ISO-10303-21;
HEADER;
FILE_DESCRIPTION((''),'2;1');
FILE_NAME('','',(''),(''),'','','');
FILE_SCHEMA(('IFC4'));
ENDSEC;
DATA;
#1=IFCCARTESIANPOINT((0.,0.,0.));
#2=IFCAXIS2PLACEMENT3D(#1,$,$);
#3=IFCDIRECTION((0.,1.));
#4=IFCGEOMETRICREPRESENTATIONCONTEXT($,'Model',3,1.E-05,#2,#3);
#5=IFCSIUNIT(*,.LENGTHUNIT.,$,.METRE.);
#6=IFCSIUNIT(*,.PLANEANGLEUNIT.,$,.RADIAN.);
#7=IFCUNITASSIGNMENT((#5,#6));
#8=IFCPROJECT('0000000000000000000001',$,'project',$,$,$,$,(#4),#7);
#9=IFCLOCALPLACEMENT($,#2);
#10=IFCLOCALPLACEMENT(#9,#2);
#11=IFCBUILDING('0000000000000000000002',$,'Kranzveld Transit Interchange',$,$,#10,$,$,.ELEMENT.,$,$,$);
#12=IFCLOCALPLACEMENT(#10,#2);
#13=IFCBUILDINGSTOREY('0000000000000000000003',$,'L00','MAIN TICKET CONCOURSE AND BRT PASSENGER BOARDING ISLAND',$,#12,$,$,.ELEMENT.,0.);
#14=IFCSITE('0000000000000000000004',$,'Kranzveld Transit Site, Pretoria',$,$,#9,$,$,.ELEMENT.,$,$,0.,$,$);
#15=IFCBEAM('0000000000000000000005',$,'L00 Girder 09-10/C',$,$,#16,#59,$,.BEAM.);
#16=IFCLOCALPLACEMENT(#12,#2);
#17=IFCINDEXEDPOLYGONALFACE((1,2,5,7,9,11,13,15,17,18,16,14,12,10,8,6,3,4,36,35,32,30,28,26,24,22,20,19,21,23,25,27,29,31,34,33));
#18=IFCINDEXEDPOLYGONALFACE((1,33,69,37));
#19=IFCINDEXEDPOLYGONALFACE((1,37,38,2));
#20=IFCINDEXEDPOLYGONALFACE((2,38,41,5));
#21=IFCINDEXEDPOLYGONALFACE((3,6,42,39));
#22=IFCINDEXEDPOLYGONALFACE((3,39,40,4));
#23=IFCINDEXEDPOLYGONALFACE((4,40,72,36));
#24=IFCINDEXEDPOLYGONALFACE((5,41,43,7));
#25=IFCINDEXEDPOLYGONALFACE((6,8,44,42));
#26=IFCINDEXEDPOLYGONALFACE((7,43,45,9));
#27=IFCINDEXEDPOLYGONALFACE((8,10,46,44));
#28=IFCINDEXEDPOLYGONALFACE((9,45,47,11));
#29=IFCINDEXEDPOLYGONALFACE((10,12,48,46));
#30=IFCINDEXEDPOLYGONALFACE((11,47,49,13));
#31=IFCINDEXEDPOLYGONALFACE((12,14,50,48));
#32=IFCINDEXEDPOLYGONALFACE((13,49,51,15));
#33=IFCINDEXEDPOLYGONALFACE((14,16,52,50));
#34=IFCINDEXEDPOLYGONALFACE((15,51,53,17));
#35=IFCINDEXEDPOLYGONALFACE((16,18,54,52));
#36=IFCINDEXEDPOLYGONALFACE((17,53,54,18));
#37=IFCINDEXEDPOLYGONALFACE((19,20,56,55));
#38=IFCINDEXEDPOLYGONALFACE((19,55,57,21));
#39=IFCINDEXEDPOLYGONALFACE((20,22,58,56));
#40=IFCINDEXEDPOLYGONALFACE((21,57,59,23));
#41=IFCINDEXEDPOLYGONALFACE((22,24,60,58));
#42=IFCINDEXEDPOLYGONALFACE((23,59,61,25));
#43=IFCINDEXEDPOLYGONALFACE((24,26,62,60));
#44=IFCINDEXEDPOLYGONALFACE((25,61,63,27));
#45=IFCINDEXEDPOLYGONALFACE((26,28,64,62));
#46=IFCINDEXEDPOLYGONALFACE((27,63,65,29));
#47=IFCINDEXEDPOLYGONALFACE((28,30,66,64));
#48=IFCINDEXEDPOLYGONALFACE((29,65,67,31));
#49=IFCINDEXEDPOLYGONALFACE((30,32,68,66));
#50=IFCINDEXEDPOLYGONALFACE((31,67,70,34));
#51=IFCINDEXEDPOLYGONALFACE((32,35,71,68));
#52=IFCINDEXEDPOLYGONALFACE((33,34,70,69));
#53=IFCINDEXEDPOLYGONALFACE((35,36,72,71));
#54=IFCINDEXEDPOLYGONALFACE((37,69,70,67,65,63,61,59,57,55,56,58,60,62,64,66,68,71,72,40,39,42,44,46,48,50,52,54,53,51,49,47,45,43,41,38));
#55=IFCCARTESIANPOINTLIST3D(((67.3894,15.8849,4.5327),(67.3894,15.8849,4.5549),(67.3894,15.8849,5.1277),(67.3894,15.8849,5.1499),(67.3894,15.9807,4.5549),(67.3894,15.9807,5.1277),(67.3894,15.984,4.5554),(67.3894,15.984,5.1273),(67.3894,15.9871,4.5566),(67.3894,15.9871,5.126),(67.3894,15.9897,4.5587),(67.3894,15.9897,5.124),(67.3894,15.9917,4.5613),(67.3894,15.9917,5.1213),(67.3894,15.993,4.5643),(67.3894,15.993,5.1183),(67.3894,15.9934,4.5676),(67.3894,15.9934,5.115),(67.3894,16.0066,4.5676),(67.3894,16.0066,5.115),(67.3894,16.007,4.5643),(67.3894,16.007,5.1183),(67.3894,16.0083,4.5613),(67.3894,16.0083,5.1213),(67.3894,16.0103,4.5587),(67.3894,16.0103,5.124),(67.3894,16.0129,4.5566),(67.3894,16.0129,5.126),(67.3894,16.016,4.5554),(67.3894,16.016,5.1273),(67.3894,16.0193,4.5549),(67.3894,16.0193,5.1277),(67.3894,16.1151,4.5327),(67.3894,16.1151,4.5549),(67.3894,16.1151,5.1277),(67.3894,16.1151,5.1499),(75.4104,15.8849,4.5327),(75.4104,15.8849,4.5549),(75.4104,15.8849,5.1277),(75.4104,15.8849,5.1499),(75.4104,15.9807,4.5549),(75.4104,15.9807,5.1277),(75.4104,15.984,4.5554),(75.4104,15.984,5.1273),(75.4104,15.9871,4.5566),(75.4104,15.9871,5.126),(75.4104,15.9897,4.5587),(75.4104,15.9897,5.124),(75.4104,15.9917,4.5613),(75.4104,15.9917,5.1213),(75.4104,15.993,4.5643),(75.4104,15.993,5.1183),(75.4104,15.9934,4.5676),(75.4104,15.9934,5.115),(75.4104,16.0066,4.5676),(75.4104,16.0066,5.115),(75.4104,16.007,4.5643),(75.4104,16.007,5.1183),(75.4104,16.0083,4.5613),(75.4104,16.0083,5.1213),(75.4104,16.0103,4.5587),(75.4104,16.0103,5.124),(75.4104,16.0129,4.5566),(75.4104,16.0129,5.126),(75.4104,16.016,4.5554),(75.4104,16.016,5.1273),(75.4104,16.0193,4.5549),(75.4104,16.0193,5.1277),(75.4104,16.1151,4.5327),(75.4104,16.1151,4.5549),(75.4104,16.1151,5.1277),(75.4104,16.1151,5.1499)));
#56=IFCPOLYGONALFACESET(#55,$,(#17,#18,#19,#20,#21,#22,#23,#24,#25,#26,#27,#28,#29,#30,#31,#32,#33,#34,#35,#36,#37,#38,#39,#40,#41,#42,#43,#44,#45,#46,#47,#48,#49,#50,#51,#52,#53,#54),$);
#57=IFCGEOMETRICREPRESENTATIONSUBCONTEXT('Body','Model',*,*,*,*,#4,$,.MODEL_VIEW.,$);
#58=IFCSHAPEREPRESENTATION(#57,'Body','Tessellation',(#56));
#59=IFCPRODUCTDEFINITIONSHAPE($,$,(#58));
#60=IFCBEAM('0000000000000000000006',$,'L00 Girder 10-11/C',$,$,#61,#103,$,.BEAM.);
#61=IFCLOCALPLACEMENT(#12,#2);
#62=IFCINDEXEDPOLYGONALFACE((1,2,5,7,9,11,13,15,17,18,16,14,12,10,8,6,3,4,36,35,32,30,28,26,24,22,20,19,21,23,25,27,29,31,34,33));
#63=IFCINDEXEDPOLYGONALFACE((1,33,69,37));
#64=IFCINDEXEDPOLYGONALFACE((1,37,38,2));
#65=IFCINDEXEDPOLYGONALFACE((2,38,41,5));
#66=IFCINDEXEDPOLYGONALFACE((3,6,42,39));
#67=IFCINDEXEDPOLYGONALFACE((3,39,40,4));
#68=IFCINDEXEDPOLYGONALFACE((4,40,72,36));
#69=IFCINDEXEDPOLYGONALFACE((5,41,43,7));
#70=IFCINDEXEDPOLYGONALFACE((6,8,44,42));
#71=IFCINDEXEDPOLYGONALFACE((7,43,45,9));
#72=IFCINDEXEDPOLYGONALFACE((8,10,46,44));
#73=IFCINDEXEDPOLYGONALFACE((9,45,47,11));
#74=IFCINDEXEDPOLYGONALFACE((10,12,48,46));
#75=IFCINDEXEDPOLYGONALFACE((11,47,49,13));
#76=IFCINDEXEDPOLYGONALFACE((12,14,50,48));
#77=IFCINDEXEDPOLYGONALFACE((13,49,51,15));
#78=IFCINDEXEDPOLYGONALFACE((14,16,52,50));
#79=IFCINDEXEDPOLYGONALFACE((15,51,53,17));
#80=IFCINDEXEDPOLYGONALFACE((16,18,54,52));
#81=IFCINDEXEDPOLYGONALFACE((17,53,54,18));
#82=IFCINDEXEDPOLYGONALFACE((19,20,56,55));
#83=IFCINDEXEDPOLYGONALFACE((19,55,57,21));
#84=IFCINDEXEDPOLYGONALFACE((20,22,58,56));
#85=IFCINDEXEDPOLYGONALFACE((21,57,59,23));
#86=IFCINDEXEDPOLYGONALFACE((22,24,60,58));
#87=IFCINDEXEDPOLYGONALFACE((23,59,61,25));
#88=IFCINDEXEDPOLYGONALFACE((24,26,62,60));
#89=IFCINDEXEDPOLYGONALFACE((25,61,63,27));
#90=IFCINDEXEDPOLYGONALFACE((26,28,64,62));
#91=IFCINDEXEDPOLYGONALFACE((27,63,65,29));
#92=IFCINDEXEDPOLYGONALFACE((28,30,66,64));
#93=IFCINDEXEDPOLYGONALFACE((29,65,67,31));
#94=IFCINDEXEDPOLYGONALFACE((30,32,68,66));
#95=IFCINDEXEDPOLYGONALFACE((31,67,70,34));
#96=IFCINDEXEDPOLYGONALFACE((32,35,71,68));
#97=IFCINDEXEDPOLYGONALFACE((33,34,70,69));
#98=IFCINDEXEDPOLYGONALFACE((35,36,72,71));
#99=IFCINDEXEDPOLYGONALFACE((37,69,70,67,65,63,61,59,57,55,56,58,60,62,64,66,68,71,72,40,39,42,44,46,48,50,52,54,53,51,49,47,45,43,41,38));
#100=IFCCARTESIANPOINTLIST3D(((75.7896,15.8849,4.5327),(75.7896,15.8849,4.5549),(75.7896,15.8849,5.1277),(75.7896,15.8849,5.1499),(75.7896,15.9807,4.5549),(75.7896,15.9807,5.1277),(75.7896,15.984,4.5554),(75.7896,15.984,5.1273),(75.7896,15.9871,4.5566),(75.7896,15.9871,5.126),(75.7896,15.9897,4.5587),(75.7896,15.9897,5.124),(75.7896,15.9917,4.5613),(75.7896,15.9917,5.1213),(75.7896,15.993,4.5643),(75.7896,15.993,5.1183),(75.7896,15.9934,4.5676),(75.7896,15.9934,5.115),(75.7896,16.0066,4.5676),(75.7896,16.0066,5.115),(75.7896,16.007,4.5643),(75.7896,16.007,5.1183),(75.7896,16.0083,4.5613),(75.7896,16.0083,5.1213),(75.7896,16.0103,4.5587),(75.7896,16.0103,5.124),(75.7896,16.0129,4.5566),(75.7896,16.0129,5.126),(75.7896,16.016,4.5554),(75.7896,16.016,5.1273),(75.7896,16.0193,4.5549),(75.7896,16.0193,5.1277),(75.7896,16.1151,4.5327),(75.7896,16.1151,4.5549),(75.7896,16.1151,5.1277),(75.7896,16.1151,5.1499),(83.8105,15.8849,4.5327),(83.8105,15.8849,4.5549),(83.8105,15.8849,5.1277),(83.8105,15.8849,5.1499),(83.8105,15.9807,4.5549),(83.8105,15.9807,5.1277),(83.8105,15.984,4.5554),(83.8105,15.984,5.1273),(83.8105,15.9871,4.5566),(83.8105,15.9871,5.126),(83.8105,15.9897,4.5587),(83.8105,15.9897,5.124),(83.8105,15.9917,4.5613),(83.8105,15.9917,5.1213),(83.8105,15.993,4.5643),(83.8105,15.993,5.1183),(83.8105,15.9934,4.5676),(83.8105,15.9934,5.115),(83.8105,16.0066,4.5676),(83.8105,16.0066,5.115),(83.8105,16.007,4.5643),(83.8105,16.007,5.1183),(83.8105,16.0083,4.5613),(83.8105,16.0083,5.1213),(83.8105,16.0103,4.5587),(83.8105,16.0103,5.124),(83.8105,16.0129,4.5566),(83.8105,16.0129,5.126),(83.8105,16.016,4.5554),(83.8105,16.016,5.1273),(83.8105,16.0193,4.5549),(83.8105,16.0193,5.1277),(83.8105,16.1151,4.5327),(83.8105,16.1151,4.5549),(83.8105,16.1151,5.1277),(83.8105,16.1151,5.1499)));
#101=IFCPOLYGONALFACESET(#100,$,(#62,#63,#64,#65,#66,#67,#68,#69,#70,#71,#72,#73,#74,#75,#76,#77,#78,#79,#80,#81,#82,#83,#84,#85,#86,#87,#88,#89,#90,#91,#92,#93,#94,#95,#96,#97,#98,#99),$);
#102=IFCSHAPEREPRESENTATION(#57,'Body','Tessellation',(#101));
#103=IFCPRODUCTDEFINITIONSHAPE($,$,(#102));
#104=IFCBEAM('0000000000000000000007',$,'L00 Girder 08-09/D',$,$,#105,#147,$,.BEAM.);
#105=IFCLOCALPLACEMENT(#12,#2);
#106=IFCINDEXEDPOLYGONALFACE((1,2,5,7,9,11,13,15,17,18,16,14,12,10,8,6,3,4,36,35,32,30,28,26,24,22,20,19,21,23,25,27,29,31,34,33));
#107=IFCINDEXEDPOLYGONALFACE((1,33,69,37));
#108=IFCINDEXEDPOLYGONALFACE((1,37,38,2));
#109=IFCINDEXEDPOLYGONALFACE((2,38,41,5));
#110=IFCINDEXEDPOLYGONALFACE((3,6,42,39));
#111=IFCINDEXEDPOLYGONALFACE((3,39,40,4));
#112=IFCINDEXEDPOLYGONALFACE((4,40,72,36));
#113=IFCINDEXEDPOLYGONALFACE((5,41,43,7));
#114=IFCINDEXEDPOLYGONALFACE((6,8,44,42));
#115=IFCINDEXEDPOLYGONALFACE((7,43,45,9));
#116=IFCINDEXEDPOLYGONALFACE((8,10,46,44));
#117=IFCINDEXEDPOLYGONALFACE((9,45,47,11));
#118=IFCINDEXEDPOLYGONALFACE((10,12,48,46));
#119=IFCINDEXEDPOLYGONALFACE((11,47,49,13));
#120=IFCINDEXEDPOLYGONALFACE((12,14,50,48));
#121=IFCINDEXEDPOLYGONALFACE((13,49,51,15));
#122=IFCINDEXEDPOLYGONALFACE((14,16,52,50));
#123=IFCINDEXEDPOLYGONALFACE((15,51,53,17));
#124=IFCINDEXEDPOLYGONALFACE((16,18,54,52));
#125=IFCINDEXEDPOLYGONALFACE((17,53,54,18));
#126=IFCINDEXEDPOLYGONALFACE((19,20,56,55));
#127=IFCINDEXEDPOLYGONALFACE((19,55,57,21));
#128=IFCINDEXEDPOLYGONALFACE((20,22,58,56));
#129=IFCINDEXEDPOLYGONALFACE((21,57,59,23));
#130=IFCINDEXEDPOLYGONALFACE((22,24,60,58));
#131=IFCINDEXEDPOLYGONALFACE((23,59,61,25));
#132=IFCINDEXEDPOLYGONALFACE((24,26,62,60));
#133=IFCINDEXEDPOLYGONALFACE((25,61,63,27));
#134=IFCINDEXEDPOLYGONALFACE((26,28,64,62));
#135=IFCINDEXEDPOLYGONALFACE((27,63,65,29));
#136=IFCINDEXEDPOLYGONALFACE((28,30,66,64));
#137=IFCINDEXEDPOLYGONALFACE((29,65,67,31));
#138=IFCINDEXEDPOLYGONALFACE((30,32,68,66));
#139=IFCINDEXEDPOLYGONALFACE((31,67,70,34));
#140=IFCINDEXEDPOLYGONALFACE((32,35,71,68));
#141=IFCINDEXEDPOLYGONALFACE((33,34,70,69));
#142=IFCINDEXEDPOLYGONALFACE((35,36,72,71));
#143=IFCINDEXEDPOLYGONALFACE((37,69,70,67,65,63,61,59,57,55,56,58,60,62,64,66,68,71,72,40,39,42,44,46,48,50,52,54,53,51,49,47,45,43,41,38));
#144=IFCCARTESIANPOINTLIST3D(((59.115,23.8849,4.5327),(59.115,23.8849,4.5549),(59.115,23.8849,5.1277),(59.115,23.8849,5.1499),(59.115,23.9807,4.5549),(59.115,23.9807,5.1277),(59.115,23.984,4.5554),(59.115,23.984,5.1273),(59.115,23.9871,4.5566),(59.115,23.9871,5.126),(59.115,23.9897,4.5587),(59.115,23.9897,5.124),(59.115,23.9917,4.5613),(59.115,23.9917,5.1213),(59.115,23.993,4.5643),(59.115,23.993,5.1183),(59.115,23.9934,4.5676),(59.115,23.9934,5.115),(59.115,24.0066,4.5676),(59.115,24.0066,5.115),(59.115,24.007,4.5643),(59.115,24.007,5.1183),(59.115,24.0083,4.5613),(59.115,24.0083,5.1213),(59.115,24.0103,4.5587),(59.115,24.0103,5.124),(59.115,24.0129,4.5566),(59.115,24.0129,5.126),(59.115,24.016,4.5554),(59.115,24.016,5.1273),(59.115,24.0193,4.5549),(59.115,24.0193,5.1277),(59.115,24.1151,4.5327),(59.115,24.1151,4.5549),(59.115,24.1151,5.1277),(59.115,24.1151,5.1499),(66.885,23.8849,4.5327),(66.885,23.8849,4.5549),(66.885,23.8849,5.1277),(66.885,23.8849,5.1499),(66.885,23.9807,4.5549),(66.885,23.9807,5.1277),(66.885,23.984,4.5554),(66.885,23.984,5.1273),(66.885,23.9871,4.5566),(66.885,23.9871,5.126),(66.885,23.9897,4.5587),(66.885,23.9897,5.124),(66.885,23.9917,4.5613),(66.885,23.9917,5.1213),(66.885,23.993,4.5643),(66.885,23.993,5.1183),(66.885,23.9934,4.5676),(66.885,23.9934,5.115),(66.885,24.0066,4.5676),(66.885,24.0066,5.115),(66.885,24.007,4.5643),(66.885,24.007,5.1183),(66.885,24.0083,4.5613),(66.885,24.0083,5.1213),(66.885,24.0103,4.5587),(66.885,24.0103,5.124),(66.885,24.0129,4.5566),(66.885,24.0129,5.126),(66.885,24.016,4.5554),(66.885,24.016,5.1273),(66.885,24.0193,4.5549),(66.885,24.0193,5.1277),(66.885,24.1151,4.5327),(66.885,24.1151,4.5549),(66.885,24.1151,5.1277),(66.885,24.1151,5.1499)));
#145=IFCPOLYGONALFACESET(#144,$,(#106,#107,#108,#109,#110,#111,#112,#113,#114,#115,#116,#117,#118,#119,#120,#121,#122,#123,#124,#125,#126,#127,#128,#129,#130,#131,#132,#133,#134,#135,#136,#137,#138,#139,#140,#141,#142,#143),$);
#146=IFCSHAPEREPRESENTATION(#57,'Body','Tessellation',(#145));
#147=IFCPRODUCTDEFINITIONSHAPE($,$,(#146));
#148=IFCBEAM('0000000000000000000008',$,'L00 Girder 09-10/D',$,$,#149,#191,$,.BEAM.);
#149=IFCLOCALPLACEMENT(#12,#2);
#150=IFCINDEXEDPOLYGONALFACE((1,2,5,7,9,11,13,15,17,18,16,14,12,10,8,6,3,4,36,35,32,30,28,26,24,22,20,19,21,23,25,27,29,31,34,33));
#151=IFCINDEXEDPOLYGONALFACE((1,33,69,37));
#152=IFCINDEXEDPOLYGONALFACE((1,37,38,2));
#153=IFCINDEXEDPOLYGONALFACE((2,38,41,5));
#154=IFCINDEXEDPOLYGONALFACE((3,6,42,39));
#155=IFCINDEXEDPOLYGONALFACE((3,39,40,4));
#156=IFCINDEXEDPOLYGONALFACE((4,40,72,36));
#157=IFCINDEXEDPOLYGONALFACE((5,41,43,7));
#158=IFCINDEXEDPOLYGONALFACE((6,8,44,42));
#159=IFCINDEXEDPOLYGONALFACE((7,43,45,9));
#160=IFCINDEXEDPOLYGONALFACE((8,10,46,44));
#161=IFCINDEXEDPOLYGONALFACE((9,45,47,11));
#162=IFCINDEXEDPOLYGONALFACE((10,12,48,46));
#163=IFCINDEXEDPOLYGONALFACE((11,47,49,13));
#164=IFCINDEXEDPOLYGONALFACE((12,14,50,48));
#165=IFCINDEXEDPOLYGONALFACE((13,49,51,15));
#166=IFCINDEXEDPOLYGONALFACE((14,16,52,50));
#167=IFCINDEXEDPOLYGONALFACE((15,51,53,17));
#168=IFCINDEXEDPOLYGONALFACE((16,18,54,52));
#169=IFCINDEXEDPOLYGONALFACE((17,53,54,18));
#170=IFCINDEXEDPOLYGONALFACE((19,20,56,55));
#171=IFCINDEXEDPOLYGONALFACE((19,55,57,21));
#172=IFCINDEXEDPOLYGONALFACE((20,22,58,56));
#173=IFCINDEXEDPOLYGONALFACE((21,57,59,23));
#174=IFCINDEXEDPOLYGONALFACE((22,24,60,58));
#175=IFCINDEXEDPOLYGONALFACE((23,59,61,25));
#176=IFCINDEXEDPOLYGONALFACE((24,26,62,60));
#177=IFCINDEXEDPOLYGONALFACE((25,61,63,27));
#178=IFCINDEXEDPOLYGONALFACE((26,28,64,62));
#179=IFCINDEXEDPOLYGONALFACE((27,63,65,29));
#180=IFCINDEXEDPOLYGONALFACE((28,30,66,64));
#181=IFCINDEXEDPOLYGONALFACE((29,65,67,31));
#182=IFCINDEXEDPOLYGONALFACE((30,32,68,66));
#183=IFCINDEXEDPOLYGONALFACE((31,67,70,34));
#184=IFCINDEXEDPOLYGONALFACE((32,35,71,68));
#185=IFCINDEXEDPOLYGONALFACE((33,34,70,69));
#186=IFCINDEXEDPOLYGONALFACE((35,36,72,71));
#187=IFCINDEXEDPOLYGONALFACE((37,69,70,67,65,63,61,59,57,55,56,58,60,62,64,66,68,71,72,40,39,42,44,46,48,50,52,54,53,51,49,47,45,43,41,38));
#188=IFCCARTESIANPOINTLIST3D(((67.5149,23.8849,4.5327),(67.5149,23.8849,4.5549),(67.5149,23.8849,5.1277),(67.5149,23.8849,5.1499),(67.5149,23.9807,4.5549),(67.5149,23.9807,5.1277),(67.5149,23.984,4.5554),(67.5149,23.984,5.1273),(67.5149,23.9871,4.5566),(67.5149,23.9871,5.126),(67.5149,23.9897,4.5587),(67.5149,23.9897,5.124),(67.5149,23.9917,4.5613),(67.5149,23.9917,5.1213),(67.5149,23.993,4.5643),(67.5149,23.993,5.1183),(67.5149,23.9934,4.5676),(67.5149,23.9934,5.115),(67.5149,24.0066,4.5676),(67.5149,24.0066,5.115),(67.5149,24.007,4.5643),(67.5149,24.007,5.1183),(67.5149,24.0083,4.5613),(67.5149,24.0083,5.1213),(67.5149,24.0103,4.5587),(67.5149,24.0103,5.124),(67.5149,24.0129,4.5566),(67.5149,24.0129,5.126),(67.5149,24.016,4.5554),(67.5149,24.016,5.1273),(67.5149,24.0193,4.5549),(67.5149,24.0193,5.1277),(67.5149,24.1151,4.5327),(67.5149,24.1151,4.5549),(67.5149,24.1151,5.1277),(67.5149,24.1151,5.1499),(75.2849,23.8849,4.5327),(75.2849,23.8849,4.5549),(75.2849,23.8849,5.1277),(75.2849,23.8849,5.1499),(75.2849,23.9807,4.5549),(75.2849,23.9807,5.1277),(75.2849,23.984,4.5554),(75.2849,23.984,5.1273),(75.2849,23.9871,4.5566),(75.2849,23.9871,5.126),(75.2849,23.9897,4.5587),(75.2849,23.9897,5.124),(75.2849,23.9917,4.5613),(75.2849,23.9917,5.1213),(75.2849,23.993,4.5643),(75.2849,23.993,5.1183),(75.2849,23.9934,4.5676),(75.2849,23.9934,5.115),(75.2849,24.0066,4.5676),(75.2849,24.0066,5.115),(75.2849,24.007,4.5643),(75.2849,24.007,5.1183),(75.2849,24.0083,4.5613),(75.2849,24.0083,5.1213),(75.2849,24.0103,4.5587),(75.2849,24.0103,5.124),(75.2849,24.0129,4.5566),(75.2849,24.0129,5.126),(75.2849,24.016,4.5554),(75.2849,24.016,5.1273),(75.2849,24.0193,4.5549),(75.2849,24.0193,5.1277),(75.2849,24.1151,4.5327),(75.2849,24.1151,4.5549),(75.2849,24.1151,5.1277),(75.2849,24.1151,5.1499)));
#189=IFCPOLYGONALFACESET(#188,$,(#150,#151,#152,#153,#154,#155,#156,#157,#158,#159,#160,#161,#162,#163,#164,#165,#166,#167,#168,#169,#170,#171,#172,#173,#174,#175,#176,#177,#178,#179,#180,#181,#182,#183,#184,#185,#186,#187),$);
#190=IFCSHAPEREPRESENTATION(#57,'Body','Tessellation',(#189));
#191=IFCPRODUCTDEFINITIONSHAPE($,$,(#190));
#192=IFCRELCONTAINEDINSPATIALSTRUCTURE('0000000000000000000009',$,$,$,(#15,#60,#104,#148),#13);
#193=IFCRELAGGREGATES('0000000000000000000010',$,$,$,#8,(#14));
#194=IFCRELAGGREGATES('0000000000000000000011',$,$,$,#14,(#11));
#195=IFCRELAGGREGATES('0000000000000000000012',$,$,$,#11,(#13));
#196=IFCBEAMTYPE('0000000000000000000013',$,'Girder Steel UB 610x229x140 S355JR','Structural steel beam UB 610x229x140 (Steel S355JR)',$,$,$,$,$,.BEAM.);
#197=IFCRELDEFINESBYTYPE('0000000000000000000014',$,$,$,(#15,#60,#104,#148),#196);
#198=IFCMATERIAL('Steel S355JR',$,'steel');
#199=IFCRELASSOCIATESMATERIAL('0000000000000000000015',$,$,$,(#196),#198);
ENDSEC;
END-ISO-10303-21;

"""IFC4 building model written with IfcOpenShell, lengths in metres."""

from ifc_helpers import new_model, si_unit, direction, frame, origin, origin_2d, place, context, subcontext, project, spatial, i_section, extrude, material, material_profile, profile_set, type_object, element, save


model = new_model("IFC4")

# Units and contexts
model_context = context("Model", 3, precision=1e-05, world=origin(), true_north=direction((0.0, 1.0)))
body_context = subcontext(model_context, "Body", "Model", "MODEL_VIEW")
ifc_project = project(units=[si_unit("LENGTHUNIT", "METRE"), si_unit("PLANEANGLEUNIT", "RADIAN")], contexts=[model_context])

# Site, building, storey
site_placement = place(None, origin())
site = spatial("IfcSite", under=ifc_project, at=site_placement, Name="Kranzveld Transit Site, Pretoria", CompositionType="ELEMENT", RefElevation=0.0)
building_placement = place(site_placement, origin())
building = spatial("IfcBuilding", under=site, at=building_placement, Name="Kranzveld Transit Interchange", CompositionType="ELEMENT")
storey_placement = place(building_placement, origin())
storey = spatial("IfcBuildingStorey", under=building, at=storey_placement, Name="L00", Description="MAIN TICKET CONCOURSE AND BRT PASSENGER BOARDING ISLAND", CompositionType="ELEMENT", Elevation=0.0)

# Beams
ifc_material_1 = material(Name="Steel S355JR", Category="steel")
ifc_material_profile_1 = material_profile(ifc_material_1, i_section(OverallWidth=0.2302, OverallDepth=0.6172, WebThickness=0.0132, FlangeThickness=0.0222, FilletRadius=0.0127, at=origin_2d()), Name="UB 610x229x140")
ifc_profile_set_1 = profile_set([ifc_material_profile_1], Name="Steel S355JR")
beam_type_1 = type_object("IfcBeamType", Name="Girder Steel UB 610x229x140 S355JR", Description="Structural steel beam UB 610x229x140 (Steel S355JR)", PredefinedType="BEAM", material=ifc_profile_set_1)
for number, where, z_axis, x_axis, name in (
    (1, (67.3894, 16.0, 4.8413), (1.0, 0.0, 0.0), (0.0, 1.0, 0.0), "L00 Girder 09-10/C"),
    (2, (75.7896, 16.0, 4.8413), (1.0, 0.0, 0.0), (0.0, 1.0, 0.0), "L00 Girder 10-11/C"),
):
    element("IfcBeam", number, at=place(storey_placement, frame(where, z_axis=z_axis, x_axis=x_axis)), inside=storey, type_object=beam_type_1, Name=name, PredefinedType="BEAM", context=body_context, shape_type="SweptSolid", body=[
        extrude(i_section(OverallWidth=0.2302, OverallDepth=0.6172, WebThickness=0.0132, FlangeThickness=0.0222, FilletRadius=0.0127, at=origin_2d()), origin(), (0.0, 0.0, 1.0), 8.021),
    ])
for number, where, z_axis, x_axis, name in (
    (3, (59.115, 24.0, 4.8413), (1.0, 0.0, 0.0), (0.0, 1.0, 0.0), "L00 Girder 08-09/D"),
    (4, (67.5149, 24.0, 4.8413), (1.0, 0.0, 0.0), (0.0, 1.0, 0.0), "L00 Girder 09-10/D"),
):
    element("IfcBeam", number, at=place(storey_placement, frame(where, z_axis=z_axis, x_axis=x_axis)), inside=storey, type_object=beam_type_1, Name=name, PredefinedType="BEAM", context=body_context, shape_type="SweptSolid", body=[
        extrude(i_section(OverallWidth=0.2302, OverallDepth=0.6172, WebThickness=0.0132, FlangeThickness=0.0222, FilletRadius=0.0127, at=origin_2d()), origin(), (0.0, 0.0, 1.0), 7.77),
    ])

save(model, "model.ifc")
